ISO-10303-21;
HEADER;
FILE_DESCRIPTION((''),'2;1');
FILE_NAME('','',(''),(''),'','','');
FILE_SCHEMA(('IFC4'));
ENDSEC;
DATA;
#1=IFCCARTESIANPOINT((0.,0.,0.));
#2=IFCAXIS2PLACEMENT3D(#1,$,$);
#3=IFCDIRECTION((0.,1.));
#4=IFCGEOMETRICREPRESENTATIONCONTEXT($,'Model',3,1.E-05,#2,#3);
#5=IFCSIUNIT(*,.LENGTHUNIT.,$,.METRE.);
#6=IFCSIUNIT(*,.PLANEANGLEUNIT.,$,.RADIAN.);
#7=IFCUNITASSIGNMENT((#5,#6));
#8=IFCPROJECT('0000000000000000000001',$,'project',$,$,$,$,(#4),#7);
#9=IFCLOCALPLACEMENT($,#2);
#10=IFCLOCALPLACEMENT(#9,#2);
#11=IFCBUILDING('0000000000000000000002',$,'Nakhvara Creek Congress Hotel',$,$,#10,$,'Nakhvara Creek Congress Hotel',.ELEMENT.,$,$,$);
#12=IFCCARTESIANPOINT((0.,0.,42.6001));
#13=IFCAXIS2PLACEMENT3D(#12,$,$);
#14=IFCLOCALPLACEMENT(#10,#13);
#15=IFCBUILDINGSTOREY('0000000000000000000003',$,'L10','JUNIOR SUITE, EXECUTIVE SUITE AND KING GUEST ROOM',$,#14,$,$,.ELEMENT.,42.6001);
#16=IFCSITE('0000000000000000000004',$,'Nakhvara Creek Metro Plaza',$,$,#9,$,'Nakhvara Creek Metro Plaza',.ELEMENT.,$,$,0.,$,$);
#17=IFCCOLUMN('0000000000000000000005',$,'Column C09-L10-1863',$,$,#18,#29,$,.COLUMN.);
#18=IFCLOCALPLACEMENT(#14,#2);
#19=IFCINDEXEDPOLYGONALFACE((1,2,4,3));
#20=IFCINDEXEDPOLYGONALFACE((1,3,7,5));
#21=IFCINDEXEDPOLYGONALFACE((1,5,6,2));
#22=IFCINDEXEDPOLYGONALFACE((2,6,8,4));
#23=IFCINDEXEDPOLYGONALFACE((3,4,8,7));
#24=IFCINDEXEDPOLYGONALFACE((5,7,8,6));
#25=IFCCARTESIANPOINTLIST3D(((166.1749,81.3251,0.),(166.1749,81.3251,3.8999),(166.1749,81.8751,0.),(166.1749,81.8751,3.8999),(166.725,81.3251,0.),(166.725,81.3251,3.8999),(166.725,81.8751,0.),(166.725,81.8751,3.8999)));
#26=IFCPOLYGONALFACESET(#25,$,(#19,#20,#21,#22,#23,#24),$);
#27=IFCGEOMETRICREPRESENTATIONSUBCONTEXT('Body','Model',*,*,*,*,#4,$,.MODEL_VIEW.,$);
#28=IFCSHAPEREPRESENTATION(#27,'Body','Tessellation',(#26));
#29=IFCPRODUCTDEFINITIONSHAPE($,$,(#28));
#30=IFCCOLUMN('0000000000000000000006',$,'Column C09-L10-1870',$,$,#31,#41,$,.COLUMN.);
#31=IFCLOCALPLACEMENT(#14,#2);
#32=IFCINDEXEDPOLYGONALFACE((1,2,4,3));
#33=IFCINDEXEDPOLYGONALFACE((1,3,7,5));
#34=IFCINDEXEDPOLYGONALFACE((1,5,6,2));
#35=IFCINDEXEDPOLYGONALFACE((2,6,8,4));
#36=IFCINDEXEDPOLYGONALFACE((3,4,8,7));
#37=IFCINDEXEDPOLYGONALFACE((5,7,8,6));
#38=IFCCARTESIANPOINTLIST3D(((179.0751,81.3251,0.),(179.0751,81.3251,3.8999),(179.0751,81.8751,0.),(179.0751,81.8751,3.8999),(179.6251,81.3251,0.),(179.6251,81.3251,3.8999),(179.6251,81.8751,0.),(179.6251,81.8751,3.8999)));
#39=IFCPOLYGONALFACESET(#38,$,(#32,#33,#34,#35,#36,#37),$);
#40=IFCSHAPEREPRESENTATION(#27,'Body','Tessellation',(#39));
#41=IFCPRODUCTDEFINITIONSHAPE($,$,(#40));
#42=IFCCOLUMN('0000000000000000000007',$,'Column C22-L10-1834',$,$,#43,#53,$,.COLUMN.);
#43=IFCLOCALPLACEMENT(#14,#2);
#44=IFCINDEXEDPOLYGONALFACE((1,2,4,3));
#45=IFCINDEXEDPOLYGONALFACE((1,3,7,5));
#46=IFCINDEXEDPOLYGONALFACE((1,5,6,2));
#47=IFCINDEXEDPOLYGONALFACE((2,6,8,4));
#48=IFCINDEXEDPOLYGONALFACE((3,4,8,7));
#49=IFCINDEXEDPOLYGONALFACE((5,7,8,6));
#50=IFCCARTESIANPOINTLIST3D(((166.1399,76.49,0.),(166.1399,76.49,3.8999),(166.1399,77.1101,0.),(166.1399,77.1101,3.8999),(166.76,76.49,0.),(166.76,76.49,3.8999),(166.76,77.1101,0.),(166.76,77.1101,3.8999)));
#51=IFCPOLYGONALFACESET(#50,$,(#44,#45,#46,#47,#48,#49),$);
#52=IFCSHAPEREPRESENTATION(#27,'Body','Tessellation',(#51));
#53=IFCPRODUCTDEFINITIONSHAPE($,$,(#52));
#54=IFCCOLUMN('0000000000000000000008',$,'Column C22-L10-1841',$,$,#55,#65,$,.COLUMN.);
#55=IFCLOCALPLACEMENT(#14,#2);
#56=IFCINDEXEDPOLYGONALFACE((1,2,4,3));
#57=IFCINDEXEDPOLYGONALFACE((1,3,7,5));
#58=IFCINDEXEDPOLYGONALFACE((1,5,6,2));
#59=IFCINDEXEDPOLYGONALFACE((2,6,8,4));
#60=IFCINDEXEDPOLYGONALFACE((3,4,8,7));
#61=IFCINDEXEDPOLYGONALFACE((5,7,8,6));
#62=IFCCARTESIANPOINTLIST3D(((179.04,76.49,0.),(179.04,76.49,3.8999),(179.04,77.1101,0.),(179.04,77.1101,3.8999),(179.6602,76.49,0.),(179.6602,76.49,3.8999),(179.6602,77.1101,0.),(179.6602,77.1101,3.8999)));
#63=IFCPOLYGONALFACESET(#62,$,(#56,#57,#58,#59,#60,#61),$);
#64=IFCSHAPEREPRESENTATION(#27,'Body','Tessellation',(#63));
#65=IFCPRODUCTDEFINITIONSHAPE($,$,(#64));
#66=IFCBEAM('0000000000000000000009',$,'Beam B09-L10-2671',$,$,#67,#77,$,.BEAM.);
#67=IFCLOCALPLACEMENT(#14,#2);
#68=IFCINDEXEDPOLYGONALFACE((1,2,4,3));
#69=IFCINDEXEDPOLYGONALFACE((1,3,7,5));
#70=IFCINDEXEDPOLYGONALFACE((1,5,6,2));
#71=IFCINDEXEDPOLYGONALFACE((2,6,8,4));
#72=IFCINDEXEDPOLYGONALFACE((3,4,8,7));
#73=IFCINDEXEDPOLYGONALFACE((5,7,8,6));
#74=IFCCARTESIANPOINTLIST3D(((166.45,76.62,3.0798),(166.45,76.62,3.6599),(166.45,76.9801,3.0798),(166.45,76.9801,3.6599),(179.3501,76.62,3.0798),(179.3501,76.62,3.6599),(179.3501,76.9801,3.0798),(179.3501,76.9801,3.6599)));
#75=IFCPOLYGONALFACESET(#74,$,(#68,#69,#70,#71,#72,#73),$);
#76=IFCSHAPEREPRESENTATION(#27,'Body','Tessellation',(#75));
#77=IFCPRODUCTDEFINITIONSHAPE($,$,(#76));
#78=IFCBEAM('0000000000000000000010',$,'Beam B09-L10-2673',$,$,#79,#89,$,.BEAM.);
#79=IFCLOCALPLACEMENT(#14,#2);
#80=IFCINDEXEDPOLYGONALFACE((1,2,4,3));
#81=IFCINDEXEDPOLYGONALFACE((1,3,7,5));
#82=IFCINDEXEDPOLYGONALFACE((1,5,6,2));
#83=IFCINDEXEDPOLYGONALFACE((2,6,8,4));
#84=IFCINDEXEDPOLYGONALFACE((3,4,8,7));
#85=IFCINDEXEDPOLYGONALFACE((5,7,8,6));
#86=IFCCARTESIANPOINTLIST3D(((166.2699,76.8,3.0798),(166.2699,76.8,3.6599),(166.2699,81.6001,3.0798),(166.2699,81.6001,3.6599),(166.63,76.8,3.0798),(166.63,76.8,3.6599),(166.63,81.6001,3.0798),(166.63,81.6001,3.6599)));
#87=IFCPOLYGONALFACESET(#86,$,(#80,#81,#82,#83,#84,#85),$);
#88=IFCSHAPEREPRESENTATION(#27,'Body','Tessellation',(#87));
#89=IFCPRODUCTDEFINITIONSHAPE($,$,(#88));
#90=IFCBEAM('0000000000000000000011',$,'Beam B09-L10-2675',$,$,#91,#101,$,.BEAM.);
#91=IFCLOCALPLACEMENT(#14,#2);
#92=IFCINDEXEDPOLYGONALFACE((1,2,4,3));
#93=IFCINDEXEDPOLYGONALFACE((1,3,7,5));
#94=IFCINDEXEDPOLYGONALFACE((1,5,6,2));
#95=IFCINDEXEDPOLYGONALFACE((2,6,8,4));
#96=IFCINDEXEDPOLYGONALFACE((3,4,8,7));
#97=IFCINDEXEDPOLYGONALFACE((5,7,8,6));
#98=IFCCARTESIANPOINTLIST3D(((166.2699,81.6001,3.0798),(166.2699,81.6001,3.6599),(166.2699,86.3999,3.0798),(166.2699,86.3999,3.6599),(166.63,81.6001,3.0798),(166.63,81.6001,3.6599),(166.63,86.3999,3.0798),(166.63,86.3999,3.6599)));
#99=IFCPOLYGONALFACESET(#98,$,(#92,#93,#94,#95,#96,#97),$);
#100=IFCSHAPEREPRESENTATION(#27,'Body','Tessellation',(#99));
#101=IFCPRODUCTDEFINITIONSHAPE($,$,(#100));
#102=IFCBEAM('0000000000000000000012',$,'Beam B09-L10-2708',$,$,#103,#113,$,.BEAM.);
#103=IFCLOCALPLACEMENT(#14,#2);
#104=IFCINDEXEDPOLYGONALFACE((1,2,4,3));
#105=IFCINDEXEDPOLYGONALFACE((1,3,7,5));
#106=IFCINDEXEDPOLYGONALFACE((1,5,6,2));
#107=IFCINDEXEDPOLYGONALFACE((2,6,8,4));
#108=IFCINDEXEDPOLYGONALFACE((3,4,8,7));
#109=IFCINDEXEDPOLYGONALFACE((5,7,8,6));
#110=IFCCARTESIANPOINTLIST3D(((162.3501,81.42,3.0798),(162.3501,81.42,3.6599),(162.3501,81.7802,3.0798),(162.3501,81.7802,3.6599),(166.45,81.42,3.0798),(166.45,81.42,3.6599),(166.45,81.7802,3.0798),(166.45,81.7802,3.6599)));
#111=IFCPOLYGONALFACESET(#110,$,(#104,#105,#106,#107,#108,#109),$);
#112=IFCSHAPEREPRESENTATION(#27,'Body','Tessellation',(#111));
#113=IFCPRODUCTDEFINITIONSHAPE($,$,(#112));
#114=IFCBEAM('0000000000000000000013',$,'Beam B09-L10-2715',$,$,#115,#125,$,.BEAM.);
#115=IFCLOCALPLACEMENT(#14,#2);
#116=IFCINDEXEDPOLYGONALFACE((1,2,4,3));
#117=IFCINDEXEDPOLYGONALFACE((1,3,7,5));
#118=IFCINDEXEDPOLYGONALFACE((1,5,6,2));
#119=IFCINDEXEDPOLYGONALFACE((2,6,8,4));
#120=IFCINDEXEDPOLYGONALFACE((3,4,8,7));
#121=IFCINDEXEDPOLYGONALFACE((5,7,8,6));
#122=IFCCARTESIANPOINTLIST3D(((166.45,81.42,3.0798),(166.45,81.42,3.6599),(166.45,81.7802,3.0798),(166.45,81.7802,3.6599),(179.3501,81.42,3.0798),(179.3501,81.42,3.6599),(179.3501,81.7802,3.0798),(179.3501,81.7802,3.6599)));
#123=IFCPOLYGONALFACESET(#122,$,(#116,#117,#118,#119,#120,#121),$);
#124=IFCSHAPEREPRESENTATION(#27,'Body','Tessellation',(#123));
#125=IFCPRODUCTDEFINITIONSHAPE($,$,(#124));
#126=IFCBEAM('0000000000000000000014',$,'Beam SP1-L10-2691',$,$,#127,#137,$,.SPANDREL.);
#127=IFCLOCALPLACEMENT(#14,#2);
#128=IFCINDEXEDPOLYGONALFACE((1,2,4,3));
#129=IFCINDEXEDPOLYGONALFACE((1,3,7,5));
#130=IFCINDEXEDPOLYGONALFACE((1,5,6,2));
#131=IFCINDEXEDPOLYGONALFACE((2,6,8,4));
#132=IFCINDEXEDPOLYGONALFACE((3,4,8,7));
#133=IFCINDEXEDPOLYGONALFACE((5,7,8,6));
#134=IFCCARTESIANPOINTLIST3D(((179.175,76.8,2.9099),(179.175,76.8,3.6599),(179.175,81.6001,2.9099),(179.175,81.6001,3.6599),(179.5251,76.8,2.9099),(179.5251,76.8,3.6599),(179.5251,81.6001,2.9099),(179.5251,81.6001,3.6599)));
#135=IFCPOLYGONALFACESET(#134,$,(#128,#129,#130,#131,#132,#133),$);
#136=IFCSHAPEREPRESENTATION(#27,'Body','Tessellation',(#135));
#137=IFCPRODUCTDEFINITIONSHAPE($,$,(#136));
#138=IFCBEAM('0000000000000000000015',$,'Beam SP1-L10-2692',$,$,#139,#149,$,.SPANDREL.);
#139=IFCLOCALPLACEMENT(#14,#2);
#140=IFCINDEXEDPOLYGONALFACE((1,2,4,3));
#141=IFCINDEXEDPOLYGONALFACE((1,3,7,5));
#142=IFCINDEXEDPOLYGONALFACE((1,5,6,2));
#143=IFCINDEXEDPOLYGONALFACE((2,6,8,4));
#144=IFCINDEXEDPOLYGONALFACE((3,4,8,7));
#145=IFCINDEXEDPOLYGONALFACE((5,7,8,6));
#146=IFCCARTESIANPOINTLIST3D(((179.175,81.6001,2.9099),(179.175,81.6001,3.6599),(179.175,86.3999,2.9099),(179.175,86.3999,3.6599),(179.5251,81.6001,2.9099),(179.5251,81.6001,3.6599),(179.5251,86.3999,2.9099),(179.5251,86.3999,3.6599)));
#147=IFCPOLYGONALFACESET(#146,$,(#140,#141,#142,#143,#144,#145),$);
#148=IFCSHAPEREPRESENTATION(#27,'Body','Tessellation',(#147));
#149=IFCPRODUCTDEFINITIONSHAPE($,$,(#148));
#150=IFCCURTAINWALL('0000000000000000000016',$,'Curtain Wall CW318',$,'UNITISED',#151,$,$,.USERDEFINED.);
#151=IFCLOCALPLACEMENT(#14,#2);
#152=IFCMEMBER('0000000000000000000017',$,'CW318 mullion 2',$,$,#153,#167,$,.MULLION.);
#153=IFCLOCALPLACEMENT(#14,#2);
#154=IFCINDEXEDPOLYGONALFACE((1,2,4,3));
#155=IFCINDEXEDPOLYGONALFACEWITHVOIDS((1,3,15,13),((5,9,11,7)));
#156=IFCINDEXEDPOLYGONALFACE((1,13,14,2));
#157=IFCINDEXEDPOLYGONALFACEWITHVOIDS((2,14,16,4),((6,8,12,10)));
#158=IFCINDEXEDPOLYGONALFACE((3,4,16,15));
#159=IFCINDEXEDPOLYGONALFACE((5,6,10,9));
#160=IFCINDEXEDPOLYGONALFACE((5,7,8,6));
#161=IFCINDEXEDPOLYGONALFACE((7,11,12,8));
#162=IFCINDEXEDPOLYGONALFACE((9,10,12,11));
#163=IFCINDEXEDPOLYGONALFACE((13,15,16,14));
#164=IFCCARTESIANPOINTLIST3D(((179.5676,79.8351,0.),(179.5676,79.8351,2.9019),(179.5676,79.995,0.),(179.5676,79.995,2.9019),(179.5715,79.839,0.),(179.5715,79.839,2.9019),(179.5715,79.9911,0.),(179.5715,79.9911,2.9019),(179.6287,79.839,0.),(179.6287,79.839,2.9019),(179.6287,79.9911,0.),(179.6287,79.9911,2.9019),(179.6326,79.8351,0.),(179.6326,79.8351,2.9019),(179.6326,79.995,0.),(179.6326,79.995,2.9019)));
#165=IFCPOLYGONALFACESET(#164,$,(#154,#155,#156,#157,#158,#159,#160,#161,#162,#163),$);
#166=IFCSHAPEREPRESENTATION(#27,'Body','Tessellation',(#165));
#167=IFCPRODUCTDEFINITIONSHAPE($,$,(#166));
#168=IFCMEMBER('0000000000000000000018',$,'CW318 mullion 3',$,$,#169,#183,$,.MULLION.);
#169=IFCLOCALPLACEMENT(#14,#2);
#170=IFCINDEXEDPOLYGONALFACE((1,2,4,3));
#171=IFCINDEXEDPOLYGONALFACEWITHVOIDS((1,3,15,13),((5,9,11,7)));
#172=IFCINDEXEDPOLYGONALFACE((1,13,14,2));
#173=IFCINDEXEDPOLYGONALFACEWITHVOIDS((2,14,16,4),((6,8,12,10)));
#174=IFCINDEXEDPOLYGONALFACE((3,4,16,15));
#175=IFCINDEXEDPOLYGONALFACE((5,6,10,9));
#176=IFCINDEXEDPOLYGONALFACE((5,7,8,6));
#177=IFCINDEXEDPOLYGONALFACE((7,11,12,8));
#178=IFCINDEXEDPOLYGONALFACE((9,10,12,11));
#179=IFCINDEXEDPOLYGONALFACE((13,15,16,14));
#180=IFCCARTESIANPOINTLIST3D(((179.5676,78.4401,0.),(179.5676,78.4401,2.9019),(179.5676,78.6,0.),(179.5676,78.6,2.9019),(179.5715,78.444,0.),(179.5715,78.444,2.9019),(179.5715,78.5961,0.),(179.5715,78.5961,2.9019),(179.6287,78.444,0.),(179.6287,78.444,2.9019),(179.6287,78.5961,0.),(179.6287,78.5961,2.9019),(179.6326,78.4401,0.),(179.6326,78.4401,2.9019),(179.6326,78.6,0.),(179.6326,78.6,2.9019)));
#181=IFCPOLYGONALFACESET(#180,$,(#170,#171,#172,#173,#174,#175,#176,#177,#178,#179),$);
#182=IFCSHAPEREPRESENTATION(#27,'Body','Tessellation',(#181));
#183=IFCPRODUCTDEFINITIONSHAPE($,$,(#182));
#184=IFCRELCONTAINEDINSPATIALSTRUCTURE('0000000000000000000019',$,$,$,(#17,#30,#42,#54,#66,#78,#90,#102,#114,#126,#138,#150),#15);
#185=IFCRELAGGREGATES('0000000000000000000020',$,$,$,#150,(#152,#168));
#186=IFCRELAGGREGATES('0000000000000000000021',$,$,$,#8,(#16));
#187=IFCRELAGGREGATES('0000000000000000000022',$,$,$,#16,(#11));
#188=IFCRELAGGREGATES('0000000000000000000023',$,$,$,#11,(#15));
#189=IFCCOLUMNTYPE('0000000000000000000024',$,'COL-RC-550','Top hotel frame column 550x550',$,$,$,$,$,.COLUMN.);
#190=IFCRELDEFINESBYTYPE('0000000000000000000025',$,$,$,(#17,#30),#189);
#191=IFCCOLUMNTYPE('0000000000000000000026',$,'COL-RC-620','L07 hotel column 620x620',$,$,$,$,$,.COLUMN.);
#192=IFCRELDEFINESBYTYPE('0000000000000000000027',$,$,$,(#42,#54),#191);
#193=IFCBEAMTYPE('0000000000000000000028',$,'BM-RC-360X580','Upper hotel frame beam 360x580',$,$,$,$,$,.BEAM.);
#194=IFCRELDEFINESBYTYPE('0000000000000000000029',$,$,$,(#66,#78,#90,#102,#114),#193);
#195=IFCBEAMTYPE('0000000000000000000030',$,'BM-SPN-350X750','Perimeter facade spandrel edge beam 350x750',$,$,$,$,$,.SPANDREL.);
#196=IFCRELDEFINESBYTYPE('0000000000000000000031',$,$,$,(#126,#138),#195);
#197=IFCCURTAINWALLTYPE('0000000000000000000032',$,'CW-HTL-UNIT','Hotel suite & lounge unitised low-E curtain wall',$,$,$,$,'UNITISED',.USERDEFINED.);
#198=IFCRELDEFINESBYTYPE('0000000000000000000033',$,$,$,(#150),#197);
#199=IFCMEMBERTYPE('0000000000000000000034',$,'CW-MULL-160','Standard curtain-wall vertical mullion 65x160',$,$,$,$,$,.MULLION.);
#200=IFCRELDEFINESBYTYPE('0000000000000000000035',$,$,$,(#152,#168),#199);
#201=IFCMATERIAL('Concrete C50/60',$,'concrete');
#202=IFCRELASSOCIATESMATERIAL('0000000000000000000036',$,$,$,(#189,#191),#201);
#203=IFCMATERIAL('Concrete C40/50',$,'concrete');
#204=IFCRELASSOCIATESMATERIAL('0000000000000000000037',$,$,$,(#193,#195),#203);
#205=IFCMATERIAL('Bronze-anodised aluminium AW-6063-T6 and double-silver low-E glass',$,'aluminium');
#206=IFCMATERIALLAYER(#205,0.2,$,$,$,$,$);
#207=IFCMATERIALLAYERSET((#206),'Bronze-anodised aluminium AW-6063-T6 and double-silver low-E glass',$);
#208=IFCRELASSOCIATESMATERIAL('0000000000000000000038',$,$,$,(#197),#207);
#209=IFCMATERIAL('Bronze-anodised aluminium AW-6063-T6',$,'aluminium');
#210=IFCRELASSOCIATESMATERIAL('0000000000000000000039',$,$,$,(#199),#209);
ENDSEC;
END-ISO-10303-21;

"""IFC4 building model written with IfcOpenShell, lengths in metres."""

from ifc_helpers import new_model, si_unit, direction, frame, origin, origin_2d, place, context, subcontext, project, spatial, rectangle, hollow_rectangle, extrude, material, layer, layer_set, material_profile, profile_set, type_object, element, aggregate, save


model = new_model("IFC4")

# Units and contexts
model_context = context("Model", 3, precision=1e-05, world=origin(), true_north=direction((0.0, 1.0)))
body_context = subcontext(model_context, "Body", "Model", "MODEL_VIEW")
ifc_project = project(units=[si_unit("LENGTHUNIT", "METRE"), si_unit("PLANEANGLEUNIT", "RADIAN")], contexts=[model_context])

# Site, building, storey
site_placement = place(None, origin())
site = spatial("IfcSite", under=ifc_project, at=site_placement, Name="Nakhvara Creek Metro Plaza", LongName="Nakhvara Creek Metro Plaza", CompositionType="ELEMENT", RefElevation=0.0)
building_placement = place(site_placement, origin())
building = spatial("IfcBuilding", under=site, at=building_placement, Name="Nakhvara Creek Congress Hotel", LongName="Nakhvara Creek Congress Hotel", CompositionType="ELEMENT")
storey_placement = place(building_placement, frame((0.0, 0.0, 42.6001)))
storey = spatial("IfcBuildingStorey", under=building, at=storey_placement, Name="L10", Description="JUNIOR SUITE, EXECUTIVE SUITE AND KING GUEST ROOM", CompositionType="ELEMENT", Elevation=42.6001)

# Columns
ifc_material_1 = material(Name="Concrete C50/60", Category="concrete")
ifc_material_profile_1 = material_profile(ifc_material_1, rectangle(XDim=0.55, YDim=0.55, at=origin_2d()), Name="RC-COL 550x550", Category="LoadBearing")
ifc_profile_set_1 = profile_set([ifc_material_profile_1], Name="Concrete C50/60")
column_type_1 = type_object("IfcColumnType", Name="COL-RC-550", Description="Top hotel frame column 550x550", PredefinedType="COLUMN", material=ifc_profile_set_1)
for number, where, z_axis, x_axis, name in (
    (1, (166.45, 81.6001, 0.0), (0.0, 0.0, 1.0), (1.0, 0.0, 0.0), "Column C09-L10-1863"),
    (2, (179.3501, 81.6001, 0.0), (0.0, 0.0, 1.0), (1.0, 0.0, 0.0), "Column C09-L10-1870"),
):
    element("IfcColumn", number, at=place(storey_placement, frame(where, z_axis=z_axis, x_axis=x_axis)), inside=storey, type_object=column_type_1, Name=name, PredefinedType="COLUMN", context=body_context, shape_type="SweptSolid", body=[
        extrude(rectangle(XDim=0.55, YDim=0.55, at=origin_2d()), origin(), (0.0, 0.0, 1.0), 3.8999),
    ])
ifc_material_profile_2 = material_profile(ifc_material_1, rectangle(XDim=0.6201, YDim=0.6201, at=origin_2d()), Name="RC-COL 620x620", Category="LoadBearing")
ifc_profile_set_2 = profile_set([ifc_material_profile_2], Name="Concrete C50/60")
column_type_2 = type_object("IfcColumnType", Name="COL-RC-620", Description="L07 hotel column 620x620", PredefinedType="COLUMN", material=ifc_profile_set_2)
for number, where, z_axis, x_axis, name in (
    (3, (166.45, 76.8, 0.0), (0.0, 0.0, 1.0), (1.0, 0.0, 0.0), "Column C22-L10-1834"),
    (4, (179.3501, 76.8, 0.0), (0.0, 0.0, 1.0), (1.0, 0.0, 0.0), "Column C22-L10-1841"),
):
    element("IfcColumn", number, at=place(storey_placement, frame(where, z_axis=z_axis, x_axis=x_axis)), inside=storey, type_object=column_type_2, Name=name, PredefinedType="COLUMN", context=body_context, shape_type="SweptSolid", body=[
        extrude(rectangle(XDim=0.6201, YDim=0.6201, at=origin_2d()), origin(), (0.0, 0.0, 1.0), 3.8999),
    ])

# Beams
ifc_material_2 = material(Name="Concrete C40/50", Category="concrete")
ifc_material_profile_3 = material_profile(ifc_material_2, rectangle(XDim=0.3601, YDim=0.5801, at=origin_2d()), Name="RC-BM 360x580", Category="LoadBearing")
ifc_profile_set_3 = profile_set([ifc_material_profile_3], Name="Concrete C40/50")
beam_type_1 = type_object("IfcBeamType", Name="BM-RC-360X580", Description="Upper hotel frame beam 360x580", PredefinedType="BEAM", material=ifc_profile_set_3)
beam_1_placement = place(storey_placement, frame((166.45, 76.8, 3.3699), z_axis=(1.0, 0.0, 0.0), x_axis=(0.0, 1.0, 0.0)))
element("IfcBeam", 5, at=beam_1_placement, inside=storey, type_object=beam_type_1, Name="Beam B09-L10-2671", PredefinedType="BEAM", context=body_context, shape_type="SweptSolid", body=[
    extrude(rectangle(XDim=0.3601, YDim=0.5801, at=origin_2d()), origin(), (0.0, 0.0, 1.0), 12.9001),
])
beam_2_placement = place(storey_placement, frame((166.45, 76.8, 3.3699), z_axis=(0.0, 1.0, 0.0), x_axis=(-1.0, 0.0, 0.0)))
element("IfcBeam", 6, at=beam_2_placement, inside=storey, type_object=beam_type_1, Name="Beam B09-L10-2673", PredefinedType="BEAM", context=body_context, shape_type="SweptSolid", body=[
    extrude(rectangle(XDim=0.3601, YDim=0.5801, at=origin_2d()), origin(), (0.0, 0.0, 1.0), 4.8),
])
beam_3_placement = place(storey_placement, frame((166.45, 81.6001, 3.3699), z_axis=(0.0, 1.0, 0.0), x_axis=(-1.0, 0.0, 0.0)))
element("IfcBeam", 7, at=beam_3_placement, inside=storey, type_object=beam_type_1, Name="Beam B09-L10-2675", PredefinedType="BEAM", context=body_context, shape_type="SweptSolid", body=[
    extrude(rectangle(XDim=0.3601, YDim=0.5801, at=origin_2d()), origin(), (0.0, 0.0, 1.0), 4.7998),
])
beam_4_placement = place(storey_placement, frame((162.3501, 81.6001, 3.3699), z_axis=(1.0, 0.0, 0.0), x_axis=(0.0, 1.0, 0.0)))
element("IfcBeam", 8, at=beam_4_placement, inside=storey, type_object=beam_type_1, Name="Beam B09-L10-2708", PredefinedType="BEAM", context=body_context, shape_type="SweptSolid", body=[
    extrude(rectangle(XDim=0.3601, YDim=0.5801, at=origin_2d()), origin(), (0.0, 0.0, 1.0), 4.0999),
])
beam_5_placement = place(storey_placement, frame((166.45, 81.6001, 3.3699), z_axis=(1.0, 0.0, 0.0), x_axis=(0.0, 1.0, 0.0)))
element("IfcBeam", 9, at=beam_5_placement, inside=storey, type_object=beam_type_1, Name="Beam B09-L10-2715", PredefinedType="BEAM", context=body_context, shape_type="SweptSolid", body=[
    extrude(rectangle(XDim=0.3601, YDim=0.5801, at=origin_2d()), origin(), (0.0, 0.0, 1.0), 12.9001),
])
ifc_material_profile_4 = material_profile(ifc_material_2, rectangle(XDim=0.3501, YDim=0.75, at=origin_2d()), Name="RC-SPANDREL 350x750", Category="LoadBearing")
ifc_profile_set_4 = profile_set([ifc_material_profile_4], Name="Concrete C40/50")
beam_type_2 = type_object("IfcBeamType", Name="BM-SPN-350X750", Description="Perimeter facade spandrel edge beam 350x750", PredefinedType="SPANDREL", material=ifc_profile_set_4)
beam_6_placement = place(storey_placement, frame((179.3501, 76.8, 3.2849), z_axis=(0.0, 1.0, 0.0), x_axis=(-1.0, 0.0, 0.0)))
element("IfcBeam", 10, at=beam_6_placement, inside=storey, type_object=beam_type_2, Name="Beam SP1-L10-2691", PredefinedType="SPANDREL", context=body_context, shape_type="SweptSolid", body=[
    extrude(rectangle(XDim=0.3501, YDim=0.75, at=origin_2d()), origin(), (0.0, 0.0, 1.0), 4.8),
])
beam_7_placement = place(storey_placement, frame((179.3501, 81.6001, 3.2849), z_axis=(0.0, 1.0, 0.0), x_axis=(-1.0, 0.0, 0.0)))
element("IfcBeam", 11, at=beam_7_placement, inside=storey, type_object=beam_type_2, Name="Beam SP1-L10-2692", PredefinedType="SPANDREL", context=body_context, shape_type="SweptSolid", body=[
    extrude(rectangle(XDim=0.3501, YDim=0.75, at=origin_2d()), origin(), (0.0, 0.0, 1.0), 4.7998),
])

# Curtain wall, members
ifc_material_3 = material(Name="Bronze-anodised aluminium AW-6063-T6 and double-silver low-E glass", Category="aluminium")
ifc_layer_1 = layer(ifc_material_3, 0.2)
ifc_layer_set_1 = layer_set([ifc_layer_1], Name="Bronze-anodised aluminium AW-6063-T6 and double-silver low-E glass")
curtain_wall_type = type_object("IfcCurtainWallType", Name="CW-HTL-UNIT", Description="Hotel suite & lounge unitised low-E curtain wall", ElementType="UNITISED", PredefinedType="USERDEFINED", material=ifc_layer_set_1)
curtain_wall_placement = place(storey_placement, origin())
curtain_wall = element("IfcCurtainWall", 12, at=curtain_wall_placement, inside=storey, type_object=curtain_wall_type, Name="Curtain Wall CW318", ObjectType="UNITISED", PredefinedType="USERDEFINED")
ifc_material_4 = material(Name="Bronze-anodised aluminium AW-6063-T6", Category="aluminium")
ifc_material_profile_5 = material_profile(ifc_material_4, hollow_rectangle(XDim=0.0649, YDim=0.1599, WallThickness=0.0039, at=origin_2d()), Name="ALU-MULL 65x160x4", Category="LoadBearing")
ifc_profile_set_5 = profile_set([ifc_material_profile_5], Name="Bronze-anodised aluminium AW-6063-T6")
member_type_1 = type_object("IfcMemberType", Name="CW-MULL-160", Description="Standard curtain-wall vertical mullion 65x160", PredefinedType="MULLION", material=ifc_profile_set_5)
member_1_placement = place(storey_placement, frame((179.6001, 79.915, 0.0), z_axis=(0.0, 0.0, 1.0), x_axis=(1.0, 0.0, 0.0)))
member_1 = element("IfcMember", 13, at=member_1_placement, type_object=member_type_1, Name="CW318 mullion 2", PredefinedType="MULLION", context=body_context, shape_type="SweptSolid", body=[
    extrude(hollow_rectangle(XDim=0.0649, YDim=0.1599, WallThickness=0.0039, at=origin_2d()), origin(), (0.0, 0.0, 1.0), 2.9019),
])
member_2_placement = place(storey_placement, frame((179.6001, 78.52, 0.0), z_axis=(0.0, 0.0, 1.0), x_axis=(1.0, 0.0, 0.0)))
member_2 = element("IfcMember", 14, at=member_2_placement, type_object=member_type_1, Name="CW318 mullion 3", PredefinedType="MULLION", context=body_context, shape_type="SweptSolid", body=[
    extrude(hollow_rectangle(XDim=0.0649, YDim=0.1599, WallThickness=0.0039, at=origin_2d()), origin(), (0.0, 0.0, 1.0), 2.9019),
])
aggregate(curtain_wall, [member_1, member_2])

save(model, "model.ifc")
